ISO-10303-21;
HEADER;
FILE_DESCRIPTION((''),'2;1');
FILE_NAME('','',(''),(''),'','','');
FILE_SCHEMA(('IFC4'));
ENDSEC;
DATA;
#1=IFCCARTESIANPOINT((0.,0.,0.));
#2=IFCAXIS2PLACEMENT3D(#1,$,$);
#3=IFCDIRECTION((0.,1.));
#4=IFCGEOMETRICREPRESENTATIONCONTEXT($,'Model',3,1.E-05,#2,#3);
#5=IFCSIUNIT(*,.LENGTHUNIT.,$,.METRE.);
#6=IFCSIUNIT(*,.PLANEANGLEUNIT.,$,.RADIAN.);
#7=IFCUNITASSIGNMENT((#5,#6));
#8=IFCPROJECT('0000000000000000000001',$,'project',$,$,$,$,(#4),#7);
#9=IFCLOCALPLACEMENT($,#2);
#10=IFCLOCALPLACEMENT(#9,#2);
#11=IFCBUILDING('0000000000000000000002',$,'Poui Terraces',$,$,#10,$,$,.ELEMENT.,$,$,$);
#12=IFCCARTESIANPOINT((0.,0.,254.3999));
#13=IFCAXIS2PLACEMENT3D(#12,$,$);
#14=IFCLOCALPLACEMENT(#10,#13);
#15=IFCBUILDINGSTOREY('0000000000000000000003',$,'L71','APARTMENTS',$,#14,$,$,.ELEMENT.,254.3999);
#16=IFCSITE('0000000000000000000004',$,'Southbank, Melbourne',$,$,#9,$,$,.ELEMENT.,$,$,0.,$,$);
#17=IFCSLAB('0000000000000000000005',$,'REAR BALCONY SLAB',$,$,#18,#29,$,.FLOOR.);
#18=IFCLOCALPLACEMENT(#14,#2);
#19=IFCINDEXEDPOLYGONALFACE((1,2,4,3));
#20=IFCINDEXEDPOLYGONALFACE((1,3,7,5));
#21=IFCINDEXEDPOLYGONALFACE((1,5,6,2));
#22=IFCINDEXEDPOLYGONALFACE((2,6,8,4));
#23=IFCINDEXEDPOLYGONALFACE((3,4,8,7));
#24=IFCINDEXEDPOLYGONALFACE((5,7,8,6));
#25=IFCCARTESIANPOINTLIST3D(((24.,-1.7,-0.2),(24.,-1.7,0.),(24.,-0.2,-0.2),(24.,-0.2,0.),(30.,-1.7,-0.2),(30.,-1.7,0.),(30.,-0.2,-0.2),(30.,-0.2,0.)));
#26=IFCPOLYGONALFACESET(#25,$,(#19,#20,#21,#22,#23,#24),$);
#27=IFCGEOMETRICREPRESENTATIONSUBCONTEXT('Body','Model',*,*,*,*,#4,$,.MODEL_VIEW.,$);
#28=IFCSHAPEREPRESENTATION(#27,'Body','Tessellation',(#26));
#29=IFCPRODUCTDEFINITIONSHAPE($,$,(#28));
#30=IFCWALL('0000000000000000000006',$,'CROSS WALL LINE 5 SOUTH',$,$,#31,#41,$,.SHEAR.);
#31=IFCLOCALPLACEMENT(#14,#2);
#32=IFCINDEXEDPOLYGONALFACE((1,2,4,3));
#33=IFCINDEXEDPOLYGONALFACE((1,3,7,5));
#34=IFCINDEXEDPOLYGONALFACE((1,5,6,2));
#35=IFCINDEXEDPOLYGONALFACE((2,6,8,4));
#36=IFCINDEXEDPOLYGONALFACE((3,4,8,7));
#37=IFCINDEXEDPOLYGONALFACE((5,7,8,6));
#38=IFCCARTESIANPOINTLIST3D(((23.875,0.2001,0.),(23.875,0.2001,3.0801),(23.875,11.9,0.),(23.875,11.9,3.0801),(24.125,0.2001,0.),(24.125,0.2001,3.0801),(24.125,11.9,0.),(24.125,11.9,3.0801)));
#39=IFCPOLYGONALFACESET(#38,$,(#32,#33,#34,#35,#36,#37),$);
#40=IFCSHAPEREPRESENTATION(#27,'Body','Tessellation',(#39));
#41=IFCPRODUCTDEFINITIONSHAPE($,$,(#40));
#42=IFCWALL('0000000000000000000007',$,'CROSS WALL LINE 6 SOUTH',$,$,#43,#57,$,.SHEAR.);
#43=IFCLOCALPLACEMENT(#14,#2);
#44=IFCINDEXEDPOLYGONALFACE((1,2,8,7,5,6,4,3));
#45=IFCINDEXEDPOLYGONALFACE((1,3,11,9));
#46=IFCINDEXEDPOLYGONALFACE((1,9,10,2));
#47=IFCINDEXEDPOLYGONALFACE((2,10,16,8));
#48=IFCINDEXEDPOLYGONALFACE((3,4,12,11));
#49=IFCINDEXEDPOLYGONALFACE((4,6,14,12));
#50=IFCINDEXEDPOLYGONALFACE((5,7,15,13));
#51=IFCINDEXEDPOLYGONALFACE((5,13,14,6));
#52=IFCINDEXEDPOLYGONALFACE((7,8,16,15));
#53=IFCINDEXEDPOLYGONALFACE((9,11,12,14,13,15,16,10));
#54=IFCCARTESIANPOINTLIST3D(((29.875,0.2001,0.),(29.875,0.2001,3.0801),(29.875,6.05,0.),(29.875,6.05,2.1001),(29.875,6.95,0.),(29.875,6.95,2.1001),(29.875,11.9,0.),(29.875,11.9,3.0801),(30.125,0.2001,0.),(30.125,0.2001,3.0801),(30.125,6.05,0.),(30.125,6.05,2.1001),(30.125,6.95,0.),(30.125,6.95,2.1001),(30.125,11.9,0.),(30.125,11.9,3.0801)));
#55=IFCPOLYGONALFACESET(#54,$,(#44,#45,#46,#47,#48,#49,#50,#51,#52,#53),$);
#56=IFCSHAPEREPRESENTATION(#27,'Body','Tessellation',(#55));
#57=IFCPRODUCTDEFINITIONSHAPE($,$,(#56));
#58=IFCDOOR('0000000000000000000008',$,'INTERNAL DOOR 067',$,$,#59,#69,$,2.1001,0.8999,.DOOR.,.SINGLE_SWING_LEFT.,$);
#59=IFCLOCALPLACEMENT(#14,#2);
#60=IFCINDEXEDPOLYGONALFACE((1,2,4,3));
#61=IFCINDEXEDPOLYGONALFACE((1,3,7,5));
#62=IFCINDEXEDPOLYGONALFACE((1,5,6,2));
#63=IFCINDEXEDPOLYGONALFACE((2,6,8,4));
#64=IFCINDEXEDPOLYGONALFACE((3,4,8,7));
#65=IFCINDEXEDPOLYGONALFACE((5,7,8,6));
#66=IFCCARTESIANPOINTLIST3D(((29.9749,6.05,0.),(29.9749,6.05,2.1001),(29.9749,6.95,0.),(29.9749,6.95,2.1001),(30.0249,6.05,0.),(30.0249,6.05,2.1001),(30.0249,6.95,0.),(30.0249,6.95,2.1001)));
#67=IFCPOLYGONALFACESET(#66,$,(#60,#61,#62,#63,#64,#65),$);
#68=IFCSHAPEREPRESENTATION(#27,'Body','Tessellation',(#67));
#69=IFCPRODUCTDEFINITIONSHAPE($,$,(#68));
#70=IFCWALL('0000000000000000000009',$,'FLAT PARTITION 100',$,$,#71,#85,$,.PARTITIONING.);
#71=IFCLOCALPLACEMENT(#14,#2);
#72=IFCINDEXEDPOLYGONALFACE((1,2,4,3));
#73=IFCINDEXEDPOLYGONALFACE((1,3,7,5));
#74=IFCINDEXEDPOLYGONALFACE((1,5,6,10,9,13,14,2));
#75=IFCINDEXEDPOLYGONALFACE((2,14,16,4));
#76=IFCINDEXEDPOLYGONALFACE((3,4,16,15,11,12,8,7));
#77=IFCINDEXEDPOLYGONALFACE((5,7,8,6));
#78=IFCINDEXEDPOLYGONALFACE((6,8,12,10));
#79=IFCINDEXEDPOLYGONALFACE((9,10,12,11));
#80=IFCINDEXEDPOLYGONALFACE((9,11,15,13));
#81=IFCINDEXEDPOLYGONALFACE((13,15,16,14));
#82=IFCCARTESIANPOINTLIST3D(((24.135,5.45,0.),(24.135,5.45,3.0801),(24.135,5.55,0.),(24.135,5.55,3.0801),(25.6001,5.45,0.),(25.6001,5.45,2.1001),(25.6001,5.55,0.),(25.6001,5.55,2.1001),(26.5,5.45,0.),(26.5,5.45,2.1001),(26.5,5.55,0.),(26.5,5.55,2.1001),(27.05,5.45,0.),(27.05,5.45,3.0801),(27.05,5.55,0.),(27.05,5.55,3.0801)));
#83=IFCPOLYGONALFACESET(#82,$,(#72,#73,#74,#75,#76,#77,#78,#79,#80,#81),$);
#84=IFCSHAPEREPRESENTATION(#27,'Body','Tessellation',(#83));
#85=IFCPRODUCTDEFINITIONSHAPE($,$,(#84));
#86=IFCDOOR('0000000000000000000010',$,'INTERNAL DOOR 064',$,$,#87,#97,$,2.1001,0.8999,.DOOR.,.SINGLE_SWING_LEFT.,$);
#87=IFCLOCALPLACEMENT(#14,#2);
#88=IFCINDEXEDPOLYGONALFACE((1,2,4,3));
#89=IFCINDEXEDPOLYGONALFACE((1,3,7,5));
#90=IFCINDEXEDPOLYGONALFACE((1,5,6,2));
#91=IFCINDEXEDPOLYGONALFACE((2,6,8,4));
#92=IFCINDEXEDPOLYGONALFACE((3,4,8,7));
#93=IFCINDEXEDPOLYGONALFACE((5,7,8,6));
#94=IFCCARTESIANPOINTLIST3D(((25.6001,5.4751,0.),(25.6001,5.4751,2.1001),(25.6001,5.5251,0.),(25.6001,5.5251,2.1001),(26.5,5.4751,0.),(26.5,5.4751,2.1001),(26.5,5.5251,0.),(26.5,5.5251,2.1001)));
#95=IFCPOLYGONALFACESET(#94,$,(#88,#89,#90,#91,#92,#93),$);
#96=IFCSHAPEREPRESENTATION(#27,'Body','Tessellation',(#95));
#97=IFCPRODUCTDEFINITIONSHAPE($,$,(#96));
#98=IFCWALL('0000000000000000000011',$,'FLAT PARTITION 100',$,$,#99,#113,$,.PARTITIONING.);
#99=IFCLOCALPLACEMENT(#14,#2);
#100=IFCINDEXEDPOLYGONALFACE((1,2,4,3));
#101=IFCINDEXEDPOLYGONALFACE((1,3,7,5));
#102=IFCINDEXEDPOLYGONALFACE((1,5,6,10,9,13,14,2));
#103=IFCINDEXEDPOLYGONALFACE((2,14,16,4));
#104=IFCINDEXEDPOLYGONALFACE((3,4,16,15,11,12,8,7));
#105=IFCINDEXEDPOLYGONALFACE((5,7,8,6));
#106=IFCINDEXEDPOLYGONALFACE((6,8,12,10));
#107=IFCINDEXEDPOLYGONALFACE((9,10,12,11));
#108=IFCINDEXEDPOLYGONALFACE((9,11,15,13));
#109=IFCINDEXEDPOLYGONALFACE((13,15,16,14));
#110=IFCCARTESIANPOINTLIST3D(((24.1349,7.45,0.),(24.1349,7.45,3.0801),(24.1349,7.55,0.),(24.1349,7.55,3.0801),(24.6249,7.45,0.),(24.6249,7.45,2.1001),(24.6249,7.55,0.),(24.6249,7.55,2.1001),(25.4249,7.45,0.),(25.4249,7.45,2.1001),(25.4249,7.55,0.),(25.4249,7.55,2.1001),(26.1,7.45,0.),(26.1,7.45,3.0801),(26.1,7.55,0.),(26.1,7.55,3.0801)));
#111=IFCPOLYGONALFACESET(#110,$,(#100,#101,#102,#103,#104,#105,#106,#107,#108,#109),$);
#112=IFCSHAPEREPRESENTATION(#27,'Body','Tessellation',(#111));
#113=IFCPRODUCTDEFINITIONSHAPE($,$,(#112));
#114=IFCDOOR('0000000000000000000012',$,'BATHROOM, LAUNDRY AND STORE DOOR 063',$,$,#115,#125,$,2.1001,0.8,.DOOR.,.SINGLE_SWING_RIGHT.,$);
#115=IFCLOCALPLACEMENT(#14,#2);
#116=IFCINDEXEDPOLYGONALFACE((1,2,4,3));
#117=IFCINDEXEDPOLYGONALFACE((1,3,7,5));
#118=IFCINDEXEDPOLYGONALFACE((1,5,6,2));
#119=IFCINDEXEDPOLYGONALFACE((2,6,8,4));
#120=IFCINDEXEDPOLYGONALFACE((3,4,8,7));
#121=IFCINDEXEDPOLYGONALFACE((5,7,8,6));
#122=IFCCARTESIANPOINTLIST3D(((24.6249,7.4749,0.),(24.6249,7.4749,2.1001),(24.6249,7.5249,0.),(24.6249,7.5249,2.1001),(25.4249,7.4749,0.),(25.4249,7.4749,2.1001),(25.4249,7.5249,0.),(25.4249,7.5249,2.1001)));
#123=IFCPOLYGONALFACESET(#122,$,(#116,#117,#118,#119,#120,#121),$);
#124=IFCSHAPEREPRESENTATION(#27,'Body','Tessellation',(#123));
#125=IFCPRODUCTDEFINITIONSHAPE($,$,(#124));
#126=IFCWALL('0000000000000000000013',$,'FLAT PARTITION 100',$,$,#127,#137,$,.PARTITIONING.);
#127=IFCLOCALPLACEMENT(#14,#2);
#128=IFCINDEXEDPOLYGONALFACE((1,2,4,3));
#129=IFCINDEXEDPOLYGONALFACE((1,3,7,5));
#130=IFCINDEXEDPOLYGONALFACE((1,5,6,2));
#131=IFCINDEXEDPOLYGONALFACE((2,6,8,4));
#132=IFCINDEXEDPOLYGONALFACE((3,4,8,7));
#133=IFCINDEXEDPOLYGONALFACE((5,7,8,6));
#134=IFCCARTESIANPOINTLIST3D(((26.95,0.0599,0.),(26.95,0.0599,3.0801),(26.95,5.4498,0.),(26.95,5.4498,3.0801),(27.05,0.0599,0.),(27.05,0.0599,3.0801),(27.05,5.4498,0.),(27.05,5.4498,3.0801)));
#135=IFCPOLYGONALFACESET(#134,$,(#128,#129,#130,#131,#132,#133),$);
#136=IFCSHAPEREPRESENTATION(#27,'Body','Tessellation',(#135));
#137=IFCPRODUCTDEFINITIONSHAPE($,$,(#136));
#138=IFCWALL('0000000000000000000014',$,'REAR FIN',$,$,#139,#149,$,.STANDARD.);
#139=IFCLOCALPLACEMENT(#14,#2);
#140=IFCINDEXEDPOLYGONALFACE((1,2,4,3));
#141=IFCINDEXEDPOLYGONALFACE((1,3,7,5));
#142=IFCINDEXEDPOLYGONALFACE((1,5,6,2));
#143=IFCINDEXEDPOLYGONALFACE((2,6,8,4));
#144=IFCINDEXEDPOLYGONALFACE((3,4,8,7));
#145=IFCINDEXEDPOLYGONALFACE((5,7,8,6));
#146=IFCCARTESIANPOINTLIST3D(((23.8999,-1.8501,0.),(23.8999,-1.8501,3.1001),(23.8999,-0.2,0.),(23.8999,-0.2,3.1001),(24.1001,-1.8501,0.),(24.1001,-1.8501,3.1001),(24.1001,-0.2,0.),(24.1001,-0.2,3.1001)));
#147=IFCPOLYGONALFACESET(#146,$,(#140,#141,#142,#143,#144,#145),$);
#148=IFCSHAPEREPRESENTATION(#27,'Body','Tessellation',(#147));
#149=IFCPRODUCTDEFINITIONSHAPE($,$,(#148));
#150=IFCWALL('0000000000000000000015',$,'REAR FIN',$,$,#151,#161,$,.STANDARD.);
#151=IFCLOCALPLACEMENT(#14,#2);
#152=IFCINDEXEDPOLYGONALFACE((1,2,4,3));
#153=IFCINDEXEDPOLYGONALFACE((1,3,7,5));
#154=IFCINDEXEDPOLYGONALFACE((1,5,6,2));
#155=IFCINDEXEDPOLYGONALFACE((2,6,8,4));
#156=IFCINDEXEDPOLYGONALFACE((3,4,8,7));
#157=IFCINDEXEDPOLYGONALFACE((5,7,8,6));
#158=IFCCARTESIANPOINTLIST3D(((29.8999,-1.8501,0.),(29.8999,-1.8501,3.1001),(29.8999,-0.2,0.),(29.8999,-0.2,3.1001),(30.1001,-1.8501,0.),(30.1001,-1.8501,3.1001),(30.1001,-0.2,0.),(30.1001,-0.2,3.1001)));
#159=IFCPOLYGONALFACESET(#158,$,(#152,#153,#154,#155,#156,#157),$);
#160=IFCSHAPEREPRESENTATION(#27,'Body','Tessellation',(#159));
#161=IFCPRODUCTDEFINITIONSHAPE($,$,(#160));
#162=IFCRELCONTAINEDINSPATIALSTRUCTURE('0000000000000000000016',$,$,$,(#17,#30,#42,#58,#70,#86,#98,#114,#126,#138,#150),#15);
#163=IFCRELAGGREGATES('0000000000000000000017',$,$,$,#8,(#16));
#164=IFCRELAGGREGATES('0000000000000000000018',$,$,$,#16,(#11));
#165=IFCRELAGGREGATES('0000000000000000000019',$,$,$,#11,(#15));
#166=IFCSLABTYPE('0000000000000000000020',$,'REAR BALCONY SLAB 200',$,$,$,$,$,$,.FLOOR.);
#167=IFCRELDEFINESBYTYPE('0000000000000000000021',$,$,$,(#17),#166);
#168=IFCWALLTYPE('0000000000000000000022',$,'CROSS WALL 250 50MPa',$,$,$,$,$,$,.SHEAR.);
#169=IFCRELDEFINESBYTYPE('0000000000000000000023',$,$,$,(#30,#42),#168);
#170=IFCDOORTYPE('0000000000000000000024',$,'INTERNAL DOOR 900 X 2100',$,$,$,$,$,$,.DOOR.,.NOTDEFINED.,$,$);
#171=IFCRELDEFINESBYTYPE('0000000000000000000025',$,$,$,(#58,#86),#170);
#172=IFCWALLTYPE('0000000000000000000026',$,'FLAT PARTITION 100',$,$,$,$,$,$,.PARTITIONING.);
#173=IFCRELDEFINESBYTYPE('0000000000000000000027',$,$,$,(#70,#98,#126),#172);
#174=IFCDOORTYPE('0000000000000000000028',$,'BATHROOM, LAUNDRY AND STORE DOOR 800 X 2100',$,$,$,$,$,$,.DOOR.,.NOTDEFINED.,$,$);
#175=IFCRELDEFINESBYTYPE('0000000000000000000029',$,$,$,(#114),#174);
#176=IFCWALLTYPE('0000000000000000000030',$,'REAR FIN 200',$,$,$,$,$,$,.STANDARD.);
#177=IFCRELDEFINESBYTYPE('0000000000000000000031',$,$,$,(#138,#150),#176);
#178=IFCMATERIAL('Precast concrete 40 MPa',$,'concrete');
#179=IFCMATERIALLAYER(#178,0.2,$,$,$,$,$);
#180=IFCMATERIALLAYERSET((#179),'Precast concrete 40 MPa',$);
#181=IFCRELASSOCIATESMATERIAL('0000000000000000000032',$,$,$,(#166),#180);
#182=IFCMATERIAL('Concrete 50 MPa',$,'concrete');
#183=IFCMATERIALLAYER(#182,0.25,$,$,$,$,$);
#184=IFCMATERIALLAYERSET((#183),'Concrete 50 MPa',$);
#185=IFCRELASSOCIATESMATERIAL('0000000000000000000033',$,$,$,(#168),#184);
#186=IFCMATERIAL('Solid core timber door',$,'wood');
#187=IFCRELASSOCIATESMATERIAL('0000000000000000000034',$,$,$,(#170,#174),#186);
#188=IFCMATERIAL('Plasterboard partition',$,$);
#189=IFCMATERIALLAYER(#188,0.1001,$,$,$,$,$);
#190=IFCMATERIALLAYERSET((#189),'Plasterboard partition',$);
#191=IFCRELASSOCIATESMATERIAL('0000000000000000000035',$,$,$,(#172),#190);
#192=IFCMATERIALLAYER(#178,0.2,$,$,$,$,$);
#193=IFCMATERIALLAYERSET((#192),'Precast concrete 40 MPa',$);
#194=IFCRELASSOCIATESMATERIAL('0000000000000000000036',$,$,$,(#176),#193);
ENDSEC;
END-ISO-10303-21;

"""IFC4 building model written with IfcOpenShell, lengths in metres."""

from ifc_helpers import new_model, si_unit, direction, frame, frame_2d, origin, place, context, subcontext, project, spatial, polyline, rectangle, outline, extrude, source, transform, mapped, material, layer, layer_set, type_object, element, fill, save


model = new_model("IFC4")

# Units and contexts
model_context = context("Model", 3, precision=1e-05, world=origin(), true_north=direction((0.0, 1.0)))
body_context = subcontext(model_context, "Body", "Model", "MODEL_VIEW")
ifc_project = project(units=[si_unit("LENGTHUNIT", "METRE"), si_unit("PLANEANGLEUNIT", "RADIAN")], contexts=[model_context])

# Site, building, storey
site_placement = place(None, origin())
site = spatial("IfcSite", under=ifc_project, at=site_placement, Name="Southbank, Melbourne", CompositionType="ELEMENT", RefElevation=0.0)
building_placement = place(site_placement, origin())
building = spatial("IfcBuilding", under=site, at=building_placement, Name="Poui Terraces", CompositionType="ELEMENT")
storey_placement = place(building_placement, frame((0.0, 0.0, 254.3999)))
storey = spatial("IfcBuildingStorey", under=building, at=storey_placement, Name="L71", Description="APARTMENTS", CompositionType="ELEMENT", Elevation=254.3999)

# Slab
ifc_material_1 = material(Name="Precast concrete 40 MPa", Category="concrete")
ifc_layer_1 = layer(ifc_material_1, 0.2)
ifc_layer_set_1 = layer_set([ifc_layer_1], Name="Precast concrete 40 MPa")
slab_type = type_object("IfcSlabType", Name="REAR BALCONY SLAB 200", PredefinedType="FLOOR", material=ifc_layer_set_1)
shared_shape_1 = source(origin(), body_context, "Body", "SweptSolid", [
    extrude(outline(polyline([(0.0, 0.0), (6.0, 0.0), (6.0, 1.5), (0.0, 1.5), (0.0, 0.0)])), origin(), (0.0, 0.0, 1.0), 0.2),
])
slab_placement = place(storey_placement, frame((24.0, -1.7, -0.2)))
element("IfcSlab", 1, at=slab_placement, inside=storey, type_object=slab_type, Name="REAR BALCONY SLAB", PredefinedType="FLOOR", context=body_context, shape_type="MappedRepresentation", body=[
    mapped(shared_shape_1, transform((0.0, 0.0, 0.0))),
])

# Wall
ifc_material_2 = material(Name="Concrete 50 MPa", Category="concrete")
ifc_layer_2 = layer(ifc_material_2, 0.25)
ifc_layer_set_2 = layer_set([ifc_layer_2], Name="Concrete 50 MPa")
wall_type_1 = type_object("IfcWallType", Name="CROSS WALL 250 50MPa", PredefinedType="SHEAR", material=ifc_layer_set_2)
wall_1_placement = place(storey_placement, frame((24.0, 0.2, 0.0), z_axis=(0.0, 0.0, 1.0), x_axis=(0.0, 1.0, 0.0)))
element("IfcWall", 2, at=wall_1_placement, inside=storey, type_object=wall_type_1, Name="CROSS WALL LINE 5 SOUTH", PredefinedType="SHEAR", context=body_context, shape_type="SweptSolid", body=[
    extrude(rectangle(XDim=11.7, YDim=0.25, at=frame_2d((5.8501, 0.0))), origin(), (0.0, 0.0, 1.0), 3.0801),
])

# Walls, openings, doors
wall_2_placement = place(storey_placement, frame((30.0, 0.2, 0.0), z_axis=(0.0, 0.0, 1.0), x_axis=(0.0, 1.0, 0.0)))
wall_2 = element("IfcWall", 3, at=wall_2_placement, inside=storey, type_object=wall_type_1, Name="CROSS WALL LINE 6 SOUTH", PredefinedType="SHEAR", context=body_context, shape_type="SweptSolid", body=[
    extrude(rectangle(XDim=11.7, YDim=0.25, at=frame_2d((5.8501, 0.0))), origin(), (0.0, 0.0, 1.0), 3.0801),
])
opening_1_placement = place(wall_2_placement, frame((5.8501, 0.0, 0.0)))
opening_1 = element("IfcOpeningElement", 4, at=opening_1_placement, cuts=wall_2, PredefinedType="OPENING", context=body_context, shape_type="SweptSolid", body=[
    extrude(rectangle(XDim=0.8999, YDim=2.1001, at=frame_2d((0.45, 1.05))), frame((0.0, 0.135, 0.0), z_axis=(0.0, -1.0, 0.0), x_axis=(1.0, 0.0, 0.0)), (0.0, 0.0, 1.0), 0.27),
])
ifc_material_3 = material(Name="Solid core timber door", Category="wood")
door_type_1 = type_object("IfcDoorType", Name="INTERNAL DOOR 900 X 2100", OperationType="NOTDEFINED", PredefinedType="DOOR", material=ifc_material_3)
door_1_placement = place(opening_1_placement, frame((0.8999, 0.0, 0.0), z_axis=(0.0, 0.0, 1.0), x_axis=(-1.0, 0.0, 0.0)))
door_1 = element("IfcDoor", 5, at=door_1_placement, inside=storey, type_object=door_type_1, Name="INTERNAL DOOR 067", OperationType="SINGLE_SWING_LEFT", OverallHeight=2.1001, OverallWidth=0.8999, PredefinedType="DOOR", context=body_context, shape_type="SweptSolid", body=[
    extrude(rectangle(XDim=0.8999, YDim=2.1001, at=frame_2d((0.45, 1.05))), frame((0.0, 0.0249, 0.0), z_axis=(0.0, -1.0, 0.0), x_axis=(1.0, 0.0, 0.0)), (0.0, 0.0, 1.0), 0.05),
])
fill(opening_1, door_1)
ifc_material_4 = material(Name="Plasterboard partition")
ifc_layer_3 = layer(ifc_material_4, 0.1001)
ifc_layer_set_3 = layer_set([ifc_layer_3], Name="Plasterboard partition")
wall_type_2 = type_object("IfcWallType", Name="FLAT PARTITION 100", PredefinedType="PARTITIONING", material=ifc_layer_set_3)
wall_3_placement = place(storey_placement, frame((24.135, 5.5, 0.0), z_axis=(0.0, 0.0, 1.0), x_axis=(1.0, 0.0, 0.0)))
wall_3 = element("IfcWall", 6, at=wall_3_placement, inside=storey, type_object=wall_type_2, Name="FLAT PARTITION 100", PredefinedType="PARTITIONING", context=body_context, shape_type="SweptSolid", body=[
    extrude(rectangle(XDim=2.915, YDim=0.1001, at=frame_2d((1.4575, 0.0))), origin(), (0.0, 0.0, 1.0), 3.0801),
])
opening_2_placement = place(wall_3_placement, frame((1.4651, 0.0, 0.0)))
opening_2 = element("IfcOpeningElement", 7, at=opening_2_placement, cuts=wall_3, PredefinedType="OPENING", context=body_context, shape_type="SweptSolid", body=[
    extrude(rectangle(XDim=0.8999, YDim=2.1001, at=frame_2d((0.45, 1.05))), frame((0.0, 0.0601, 0.0), z_axis=(0.0, -1.0, 0.0), x_axis=(1.0, 0.0, 0.0)), (0.0, 0.0, 1.0), 0.1201),
])
door_2_placement = place(opening_2_placement, frame((0.8999, 0.0, 0.0), z_axis=(0.0, 0.0, 1.0), x_axis=(-1.0, 0.0, 0.0)))
door_2 = element("IfcDoor", 8, at=door_2_placement, inside=storey, type_object=door_type_1, Name="INTERNAL DOOR 064", OperationType="SINGLE_SWING_LEFT", OverallHeight=2.1001, OverallWidth=0.8999, PredefinedType="DOOR", context=body_context, shape_type="SweptSolid", body=[
    extrude(rectangle(XDim=0.8999, YDim=2.1001, at=frame_2d((0.45, 1.05))), frame((0.0, 0.0249, 0.0), z_axis=(0.0, -1.0, 0.0), x_axis=(1.0, 0.0, 0.0)), (0.0, 0.0, 1.0), 0.05),
])
fill(opening_2, door_2)
wall_4_placement = place(storey_placement, frame((24.135, 7.5, 0.0), z_axis=(0.0, 0.0, 1.0), x_axis=(1.0, 0.0, 0.0)))
wall_4 = element("IfcWall", 9, at=wall_4_placement, inside=storey, type_object=wall_type_2, Name="FLAT PARTITION 100", PredefinedType="PARTITIONING", context=body_context, shape_type="SweptSolid", body=[
    extrude(rectangle(XDim=1.9651, YDim=0.1001, at=frame_2d((0.9824, 0.0))), origin(), (0.0, 0.0, 1.0), 3.0801),
])
opening_3_placement = place(wall_4_placement, frame((0.49, 0.0, 0.0)))
opening_3 = element("IfcOpeningElement", 10, at=opening_3_placement, cuts=wall_4, PredefinedType="OPENING", context=body_context, shape_type="SweptSolid", body=[
    extrude(rectangle(XDim=0.8, YDim=2.1001, at=frame_2d((0.3999, 1.05))), frame((0.0, 0.0601, 0.0), z_axis=(0.0, -1.0, 0.0), x_axis=(1.0, 0.0, 0.0)), (0.0, 0.0, 1.0), 0.1201),
])
door_type_2 = type_object("IfcDoorType", Name="BATHROOM, LAUNDRY AND STORE DOOR 800 X 2100", OperationType="NOTDEFINED", PredefinedType="DOOR", material=ifc_material_3)
door_3_placement = place(opening_3_placement, origin())
door_3 = element("IfcDoor", 11, at=door_3_placement, inside=storey, type_object=door_type_2, Name="BATHROOM, LAUNDRY AND STORE DOOR 063", OperationType="SINGLE_SWING_RIGHT", OverallHeight=2.1001, OverallWidth=0.8, PredefinedType="DOOR", context=body_context, shape_type="SweptSolid", body=[
    extrude(rectangle(XDim=0.8, YDim=2.1001, at=frame_2d((0.3999, 1.05))), frame((0.0, 0.0249, 0.0), z_axis=(0.0, -1.0, 0.0), x_axis=(1.0, 0.0, 0.0)), (0.0, 0.0, 1.0), 0.05),
])
fill(opening_3, door_3)

# Walls
wall_5_placement = place(storey_placement, frame((27.0, 0.0601, 0.0), z_axis=(0.0, 0.0, 1.0), x_axis=(0.0, 1.0, 0.0)))
element("IfcWall", 12, at=wall_5_placement, inside=storey, type_object=wall_type_2, Name="FLAT PARTITION 100", PredefinedType="PARTITIONING", context=body_context, shape_type="SweptSolid", body=[
    extrude(rectangle(XDim=5.3899, YDim=0.1001, at=frame_2d((2.6948, 0.0))), origin(), (0.0, 0.0, 1.0), 3.0801),
])
ifc_layer_4 = layer(ifc_material_1, 0.2)
ifc_layer_set_4 = layer_set([ifc_layer_4], Name="Precast concrete 40 MPa")
wall_type_3 = type_object("IfcWallType", Name="REAR FIN 200", PredefinedType="STANDARD", material=ifc_layer_set_4)
shared_shape_2 = source(origin(), body_context, "Body", "SweptSolid", [
    extrude(outline(polyline([(0.0, 0.0), (0.2002, 0.0), (0.2002, 1.6501), (0.0, 1.6501), (0.0, 0.0)])), origin(), (0.0, 0.0, 1.0), 3.1001),
])
for number, where, name in (
    (13, (23.8999, -1.8501, 0.0), "REAR FIN"),
    (14, (29.8999, -1.8501, 0.0), "REAR FIN"),
):
    element("IfcWall", number, at=place(storey_placement, frame(where)), inside=storey, type_object=wall_type_3, Name=name, PredefinedType="STANDARD", context=body_context, shape_type="MappedRepresentation", body=[
        mapped(shared_shape_2, transform((0.0, 0.0, 0.0))),
    ])

save(model, "model.ifc")
